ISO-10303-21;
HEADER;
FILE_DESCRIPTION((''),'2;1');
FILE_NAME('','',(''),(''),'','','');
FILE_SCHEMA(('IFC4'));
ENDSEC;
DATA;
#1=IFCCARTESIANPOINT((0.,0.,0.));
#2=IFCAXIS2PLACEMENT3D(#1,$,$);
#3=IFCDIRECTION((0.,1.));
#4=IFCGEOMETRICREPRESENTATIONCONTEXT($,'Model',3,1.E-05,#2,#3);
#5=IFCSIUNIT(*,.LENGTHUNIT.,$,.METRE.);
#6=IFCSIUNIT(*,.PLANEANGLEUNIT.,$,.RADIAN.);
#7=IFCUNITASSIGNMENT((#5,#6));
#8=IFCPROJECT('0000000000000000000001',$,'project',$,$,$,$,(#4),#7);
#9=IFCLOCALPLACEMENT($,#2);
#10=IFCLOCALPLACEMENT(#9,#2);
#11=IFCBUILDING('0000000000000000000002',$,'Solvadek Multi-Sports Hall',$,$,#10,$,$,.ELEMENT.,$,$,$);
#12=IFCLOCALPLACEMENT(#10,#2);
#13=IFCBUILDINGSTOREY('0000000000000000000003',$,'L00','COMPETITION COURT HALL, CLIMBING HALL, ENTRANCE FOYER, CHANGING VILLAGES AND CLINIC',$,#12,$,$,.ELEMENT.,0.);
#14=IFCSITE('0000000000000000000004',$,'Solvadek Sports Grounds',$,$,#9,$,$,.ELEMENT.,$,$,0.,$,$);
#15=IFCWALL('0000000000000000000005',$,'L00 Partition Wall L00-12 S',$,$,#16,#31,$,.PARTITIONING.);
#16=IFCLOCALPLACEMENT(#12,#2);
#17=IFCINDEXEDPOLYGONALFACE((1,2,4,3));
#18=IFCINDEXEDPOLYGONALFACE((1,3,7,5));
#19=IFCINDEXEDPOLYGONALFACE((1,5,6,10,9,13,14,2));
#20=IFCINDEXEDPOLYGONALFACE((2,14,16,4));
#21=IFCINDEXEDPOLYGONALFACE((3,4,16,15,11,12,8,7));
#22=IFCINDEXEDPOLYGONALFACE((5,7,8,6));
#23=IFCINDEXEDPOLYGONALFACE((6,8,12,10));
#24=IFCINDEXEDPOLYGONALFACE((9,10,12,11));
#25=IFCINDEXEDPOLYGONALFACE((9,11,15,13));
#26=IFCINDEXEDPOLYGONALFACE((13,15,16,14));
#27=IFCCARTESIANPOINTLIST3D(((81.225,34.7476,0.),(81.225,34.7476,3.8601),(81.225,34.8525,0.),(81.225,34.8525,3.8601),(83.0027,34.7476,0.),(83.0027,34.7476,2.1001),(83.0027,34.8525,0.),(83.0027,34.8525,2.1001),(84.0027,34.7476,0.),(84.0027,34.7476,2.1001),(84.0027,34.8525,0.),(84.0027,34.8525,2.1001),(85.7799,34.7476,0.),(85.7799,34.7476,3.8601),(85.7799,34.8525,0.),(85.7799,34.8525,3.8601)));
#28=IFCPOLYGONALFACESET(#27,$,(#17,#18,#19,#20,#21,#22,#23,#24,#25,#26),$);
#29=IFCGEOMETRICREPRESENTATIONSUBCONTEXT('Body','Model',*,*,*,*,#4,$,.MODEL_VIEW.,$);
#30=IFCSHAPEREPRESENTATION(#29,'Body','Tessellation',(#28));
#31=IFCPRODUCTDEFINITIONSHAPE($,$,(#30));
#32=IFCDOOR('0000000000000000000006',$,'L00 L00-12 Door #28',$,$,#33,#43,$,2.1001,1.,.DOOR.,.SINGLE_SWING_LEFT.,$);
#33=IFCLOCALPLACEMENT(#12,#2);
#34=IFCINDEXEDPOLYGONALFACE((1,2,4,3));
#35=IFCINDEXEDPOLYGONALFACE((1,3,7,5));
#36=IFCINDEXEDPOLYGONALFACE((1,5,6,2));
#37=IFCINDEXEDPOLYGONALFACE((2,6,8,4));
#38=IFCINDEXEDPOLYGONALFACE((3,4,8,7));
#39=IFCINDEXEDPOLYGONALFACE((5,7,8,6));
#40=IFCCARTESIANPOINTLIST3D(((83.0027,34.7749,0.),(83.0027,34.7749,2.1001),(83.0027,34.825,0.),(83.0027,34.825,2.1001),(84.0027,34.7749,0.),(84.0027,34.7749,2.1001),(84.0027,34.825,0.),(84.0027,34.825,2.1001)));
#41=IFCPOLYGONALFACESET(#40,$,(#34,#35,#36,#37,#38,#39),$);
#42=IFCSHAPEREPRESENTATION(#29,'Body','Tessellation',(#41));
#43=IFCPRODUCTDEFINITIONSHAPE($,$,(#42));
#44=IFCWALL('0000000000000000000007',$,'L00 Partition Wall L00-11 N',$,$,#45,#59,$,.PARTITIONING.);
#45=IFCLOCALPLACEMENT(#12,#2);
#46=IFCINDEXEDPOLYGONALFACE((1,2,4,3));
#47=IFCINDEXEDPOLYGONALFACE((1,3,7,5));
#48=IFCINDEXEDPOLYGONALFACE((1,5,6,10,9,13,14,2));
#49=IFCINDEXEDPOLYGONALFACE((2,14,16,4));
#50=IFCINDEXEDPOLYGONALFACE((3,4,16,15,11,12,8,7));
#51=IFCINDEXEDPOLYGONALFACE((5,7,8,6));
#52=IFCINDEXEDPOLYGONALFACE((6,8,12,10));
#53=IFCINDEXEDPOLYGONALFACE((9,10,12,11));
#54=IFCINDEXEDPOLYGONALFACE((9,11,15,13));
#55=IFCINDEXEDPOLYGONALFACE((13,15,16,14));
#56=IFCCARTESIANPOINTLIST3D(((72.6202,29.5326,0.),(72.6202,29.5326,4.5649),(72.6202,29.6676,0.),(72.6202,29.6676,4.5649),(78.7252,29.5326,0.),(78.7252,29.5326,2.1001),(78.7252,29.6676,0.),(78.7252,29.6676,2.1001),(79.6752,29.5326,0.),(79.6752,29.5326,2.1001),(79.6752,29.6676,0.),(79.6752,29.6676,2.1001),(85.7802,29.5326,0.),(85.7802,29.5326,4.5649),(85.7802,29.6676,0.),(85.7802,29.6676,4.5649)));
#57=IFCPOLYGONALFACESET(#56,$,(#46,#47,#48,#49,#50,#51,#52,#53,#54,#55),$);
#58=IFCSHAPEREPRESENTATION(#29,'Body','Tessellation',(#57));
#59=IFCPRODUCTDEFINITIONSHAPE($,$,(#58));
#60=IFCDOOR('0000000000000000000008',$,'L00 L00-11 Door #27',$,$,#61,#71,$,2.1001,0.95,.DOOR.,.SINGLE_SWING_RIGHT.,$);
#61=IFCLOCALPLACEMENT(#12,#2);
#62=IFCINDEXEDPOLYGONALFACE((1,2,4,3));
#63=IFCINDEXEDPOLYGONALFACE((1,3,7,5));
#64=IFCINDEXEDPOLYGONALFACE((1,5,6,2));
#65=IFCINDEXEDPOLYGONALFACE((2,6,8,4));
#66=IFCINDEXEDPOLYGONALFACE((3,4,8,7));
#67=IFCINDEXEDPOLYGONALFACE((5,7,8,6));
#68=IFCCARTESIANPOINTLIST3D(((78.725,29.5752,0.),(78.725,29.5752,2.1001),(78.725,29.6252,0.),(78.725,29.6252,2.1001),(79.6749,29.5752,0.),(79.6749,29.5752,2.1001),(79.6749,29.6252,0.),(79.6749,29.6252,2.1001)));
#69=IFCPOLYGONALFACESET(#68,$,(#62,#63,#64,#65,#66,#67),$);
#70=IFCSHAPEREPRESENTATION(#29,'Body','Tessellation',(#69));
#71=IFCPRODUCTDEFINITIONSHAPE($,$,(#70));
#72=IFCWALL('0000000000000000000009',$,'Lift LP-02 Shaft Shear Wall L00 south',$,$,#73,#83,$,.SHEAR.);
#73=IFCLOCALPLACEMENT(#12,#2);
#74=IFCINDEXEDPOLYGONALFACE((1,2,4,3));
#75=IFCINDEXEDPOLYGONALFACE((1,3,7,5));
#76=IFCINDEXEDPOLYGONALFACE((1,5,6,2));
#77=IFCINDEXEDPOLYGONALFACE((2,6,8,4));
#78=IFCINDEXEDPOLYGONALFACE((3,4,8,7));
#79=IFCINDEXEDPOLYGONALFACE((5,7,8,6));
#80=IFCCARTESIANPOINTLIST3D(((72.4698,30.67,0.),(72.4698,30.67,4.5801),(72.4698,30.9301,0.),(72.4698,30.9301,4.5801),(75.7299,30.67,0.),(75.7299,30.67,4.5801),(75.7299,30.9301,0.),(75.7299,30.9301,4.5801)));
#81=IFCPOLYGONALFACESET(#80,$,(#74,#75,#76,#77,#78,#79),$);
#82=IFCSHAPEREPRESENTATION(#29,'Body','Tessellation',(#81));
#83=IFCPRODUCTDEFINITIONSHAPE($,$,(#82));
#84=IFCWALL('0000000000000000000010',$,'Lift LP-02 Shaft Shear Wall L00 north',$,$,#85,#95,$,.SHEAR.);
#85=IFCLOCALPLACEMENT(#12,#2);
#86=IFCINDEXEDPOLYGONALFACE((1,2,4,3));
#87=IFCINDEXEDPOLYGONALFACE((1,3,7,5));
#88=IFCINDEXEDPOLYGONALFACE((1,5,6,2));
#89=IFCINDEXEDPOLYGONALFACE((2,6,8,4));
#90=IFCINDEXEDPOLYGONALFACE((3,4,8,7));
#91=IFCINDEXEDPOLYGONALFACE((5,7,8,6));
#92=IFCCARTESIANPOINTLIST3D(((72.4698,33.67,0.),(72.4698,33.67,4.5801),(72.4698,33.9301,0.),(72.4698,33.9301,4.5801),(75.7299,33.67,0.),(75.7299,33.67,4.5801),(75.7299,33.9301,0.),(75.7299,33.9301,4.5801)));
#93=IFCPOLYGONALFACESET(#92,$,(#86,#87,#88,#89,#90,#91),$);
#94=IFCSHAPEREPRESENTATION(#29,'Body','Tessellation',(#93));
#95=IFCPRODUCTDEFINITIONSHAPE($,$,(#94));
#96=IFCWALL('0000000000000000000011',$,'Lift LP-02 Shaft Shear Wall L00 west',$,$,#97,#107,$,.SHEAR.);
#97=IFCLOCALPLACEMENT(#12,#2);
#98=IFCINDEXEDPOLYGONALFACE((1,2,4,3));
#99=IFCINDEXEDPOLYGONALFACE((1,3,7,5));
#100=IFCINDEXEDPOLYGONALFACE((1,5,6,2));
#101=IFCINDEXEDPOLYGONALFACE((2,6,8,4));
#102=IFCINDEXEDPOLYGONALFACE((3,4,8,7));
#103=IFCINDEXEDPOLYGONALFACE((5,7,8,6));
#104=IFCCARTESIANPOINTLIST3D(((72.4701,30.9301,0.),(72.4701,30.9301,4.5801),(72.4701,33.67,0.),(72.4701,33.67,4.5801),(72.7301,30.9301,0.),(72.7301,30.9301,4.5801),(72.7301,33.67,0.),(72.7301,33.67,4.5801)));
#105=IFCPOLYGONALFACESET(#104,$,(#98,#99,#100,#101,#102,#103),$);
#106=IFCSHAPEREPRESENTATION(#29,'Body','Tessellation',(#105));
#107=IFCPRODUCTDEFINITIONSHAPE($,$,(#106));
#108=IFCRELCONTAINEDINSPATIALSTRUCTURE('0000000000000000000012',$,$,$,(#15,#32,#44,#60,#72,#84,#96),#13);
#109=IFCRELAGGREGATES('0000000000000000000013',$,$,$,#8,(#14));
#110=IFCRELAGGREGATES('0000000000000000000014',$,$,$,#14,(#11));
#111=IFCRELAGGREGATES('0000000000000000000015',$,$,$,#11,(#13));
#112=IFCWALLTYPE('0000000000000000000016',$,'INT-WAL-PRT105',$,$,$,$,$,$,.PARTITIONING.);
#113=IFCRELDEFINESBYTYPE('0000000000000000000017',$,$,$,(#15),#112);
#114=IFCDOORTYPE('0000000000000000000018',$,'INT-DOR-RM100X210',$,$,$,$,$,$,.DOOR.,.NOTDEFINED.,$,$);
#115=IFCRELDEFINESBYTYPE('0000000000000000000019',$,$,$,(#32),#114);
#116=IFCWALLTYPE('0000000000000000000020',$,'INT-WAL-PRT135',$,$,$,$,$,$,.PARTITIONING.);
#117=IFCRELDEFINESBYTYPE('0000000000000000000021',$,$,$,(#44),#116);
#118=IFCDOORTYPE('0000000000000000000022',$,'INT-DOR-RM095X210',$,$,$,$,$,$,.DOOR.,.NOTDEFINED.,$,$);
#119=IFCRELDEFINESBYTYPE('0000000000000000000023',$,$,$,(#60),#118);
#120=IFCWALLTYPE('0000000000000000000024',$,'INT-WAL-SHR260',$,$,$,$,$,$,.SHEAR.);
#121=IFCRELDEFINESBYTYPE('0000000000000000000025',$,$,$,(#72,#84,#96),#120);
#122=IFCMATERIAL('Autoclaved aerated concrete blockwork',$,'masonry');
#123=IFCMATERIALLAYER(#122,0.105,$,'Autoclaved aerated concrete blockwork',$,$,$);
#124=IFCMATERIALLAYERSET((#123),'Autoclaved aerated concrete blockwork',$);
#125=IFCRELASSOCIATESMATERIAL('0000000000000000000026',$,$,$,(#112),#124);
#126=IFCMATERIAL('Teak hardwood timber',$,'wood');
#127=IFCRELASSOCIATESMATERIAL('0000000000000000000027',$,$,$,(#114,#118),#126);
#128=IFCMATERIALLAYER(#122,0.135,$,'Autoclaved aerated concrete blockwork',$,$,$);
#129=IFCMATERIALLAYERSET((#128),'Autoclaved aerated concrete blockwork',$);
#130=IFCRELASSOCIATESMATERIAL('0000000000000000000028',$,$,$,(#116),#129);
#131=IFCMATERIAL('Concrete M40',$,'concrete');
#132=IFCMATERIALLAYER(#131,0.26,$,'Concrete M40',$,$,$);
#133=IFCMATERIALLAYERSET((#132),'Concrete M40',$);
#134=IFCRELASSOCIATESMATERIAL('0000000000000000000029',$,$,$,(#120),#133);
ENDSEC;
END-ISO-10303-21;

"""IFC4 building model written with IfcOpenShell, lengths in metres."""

from ifc_helpers import new_model, si_unit, direction, frame, frame_2d, origin, place, context, subcontext, project, spatial, rectangle, extrude, material, layer, layer_set, type_object, element, fill, save


model = new_model("IFC4")

# Units and contexts
model_context = context("Model", 3, precision=1e-05, world=origin(), true_north=direction((0.0, 1.0)))
body_context = subcontext(model_context, "Body", "Model", "MODEL_VIEW")
ifc_project = project(units=[si_unit("LENGTHUNIT", "METRE"), si_unit("PLANEANGLEUNIT", "RADIAN")], contexts=[model_context])

# Site, building, storey
site_placement = place(None, origin())
site = spatial("IfcSite", under=ifc_project, at=site_placement, Name="Solvadek Sports Grounds", CompositionType="ELEMENT", RefElevation=0.0)
building_placement = place(site_placement, origin())
building = spatial("IfcBuilding", under=site, at=building_placement, Name="Solvadek Multi-Sports Hall", CompositionType="ELEMENT")
storey_placement = place(building_placement, origin())
storey = spatial("IfcBuildingStorey", under=building, at=storey_placement, Name="L00", Description="COMPETITION COURT HALL, CLIMBING HALL, ENTRANCE FOYER, CHANGING VILLAGES AND CLINIC", CompositionType="ELEMENT", Elevation=0.0)

# Walls, openings, doors
ifc_material_1 = material(Name="Autoclaved aerated concrete blockwork", Category="masonry")
ifc_layer_1 = layer(ifc_material_1, 0.105, Name="Autoclaved aerated concrete blockwork")
ifc_layer_set_1 = layer_set([ifc_layer_1], Name="Autoclaved aerated concrete blockwork")
wall_type_1 = type_object("IfcWallType", Name="INT-WAL-PRT105", PredefinedType="PARTITIONING", material=ifc_layer_set_1)
wall_1_placement = place(storey_placement, frame((81.2251, 34.8, 0.0), z_axis=(0.0, 0.0, 1.0), x_axis=(1.0, 0.0, 0.0)))
wall_1 = element("IfcWall", 1, at=wall_1_placement, inside=storey, type_object=wall_type_1, Name="L00 Partition Wall L00-12 S", PredefinedType="PARTITIONING", context=body_context, shape_type="SweptSolid", body=[
    extrude(rectangle(XDim=4.5549, YDim=0.105, at=frame_2d((2.2773, 0.0))), origin(), (0.0, 0.0, 1.0), 3.8601),
])
opening_1_placement = place(wall_1_placement, frame((1.7776, 0.0, 0.0)))
opening_1 = element("IfcOpeningElement", 2, at=opening_1_placement, cuts=wall_1, PredefinedType="OPENING", context=body_context, shape_type="SweptSolid", body=[
    extrude(rectangle(XDim=1.0, YDim=2.1001, at=frame_2d((0.5, 1.05))), frame((0.0, 0.0625, 0.0), z_axis=(0.0, -1.0, 0.0), x_axis=(1.0, 0.0, 0.0)), (0.0, 0.0, 1.0), 0.125),
])
ifc_material_2 = material(Name="Teak hardwood timber", Category="wood")
door_type_1 = type_object("IfcDoorType", Name="INT-DOR-RM100X210", OperationType="NOTDEFINED", PredefinedType="DOOR", material=ifc_material_2)
door_1_placement = place(opening_1_placement, origin())
door_1 = element("IfcDoor", 3, at=door_1_placement, inside=storey, type_object=door_type_1, Name="L00 L00-12 Door #28", OperationType="SINGLE_SWING_LEFT", OverallHeight=2.1001, OverallWidth=1.0, PredefinedType="DOOR", context=body_context, shape_type="SweptSolid", body=[
    extrude(rectangle(XDim=1.0, YDim=2.1001, at=frame_2d((0.5, 1.05))), frame((0.0, 0.0249, 0.0), z_axis=(0.0, -1.0, 0.0), x_axis=(1.0, 0.0, 0.0)), (0.0, 0.0, 1.0), 0.05),
])
fill(opening_1, door_1)
ifc_layer_2 = layer(ifc_material_1, 0.135, Name="Autoclaved aerated concrete blockwork")
ifc_layer_set_2 = layer_set([ifc_layer_2], Name="Autoclaved aerated concrete blockwork")
wall_type_2 = type_object("IfcWallType", Name="INT-WAL-PRT135", PredefinedType="PARTITIONING", material=ifc_layer_set_2)
wall_2_placement = place(storey_placement, frame((72.6201, 29.6001, 0.0), z_axis=(0.0, 0.0, 1.0), x_axis=(1.0, 0.0, 0.0)))
wall_2 = element("IfcWall", 4, at=wall_2_placement, inside=storey, type_object=wall_type_2, Name="L00 Partition Wall L00-11 N", PredefinedType="PARTITIONING", context=body_context, shape_type="SweptSolid", body=[
    extrude(rectangle(XDim=13.1599, YDim=0.135, at=frame_2d((6.5801, 0.0))), origin(), (0.0, 0.0, 1.0), 4.5649),
])
opening_2_placement = place(wall_2_placement, frame((6.105, 0.0, 0.0)))
opening_2 = element("IfcOpeningElement", 5, at=opening_2_placement, cuts=wall_2, PredefinedType="OPENING", context=body_context, shape_type="SweptSolid", body=[
    extrude(rectangle(XDim=0.95, YDim=2.1001, at=frame_2d((0.4751, 1.05))), frame((0.0, 0.0774, 0.0), z_axis=(0.0, -1.0, 0.0), x_axis=(1.0, 0.0, 0.0)), (0.0, 0.0, 1.0), 0.155),
])
door_type_2 = type_object("IfcDoorType", Name="INT-DOR-RM095X210", OperationType="NOTDEFINED", PredefinedType="DOOR", material=ifc_material_2)
door_2_placement = place(opening_2_placement, frame((0.95, 0.0, 0.0), z_axis=(0.0, 0.0, 1.0), x_axis=(-1.0, 0.0, 0.0)))
door_2 = element("IfcDoor", 6, at=door_2_placement, inside=storey, type_object=door_type_2, Name="L00 L00-11 Door #27", OperationType="SINGLE_SWING_RIGHT", OverallHeight=2.1001, OverallWidth=0.95, PredefinedType="DOOR", context=body_context, shape_type="SweptSolid", body=[
    extrude(rectangle(XDim=0.95, YDim=2.1001, at=frame_2d((0.4751, 1.05))), frame((0.0, 0.0249, 0.0), z_axis=(0.0, -1.0, 0.0), x_axis=(1.0, 0.0, 0.0)), (0.0, 0.0, 1.0), 0.05),
])
fill(opening_2, door_2)

# Walls
ifc_material_3 = material(Name="Concrete M40", Category="concrete")
ifc_layer_3 = layer(ifc_material_3, 0.26, Name="Concrete M40")
ifc_layer_set_3 = layer_set([ifc_layer_3], Name="Concrete M40")
wall_type_3 = type_object("IfcWallType", Name="INT-WAL-SHR260", PredefinedType="SHEAR", material=ifc_layer_set_3)
for number, where, z_axis, x_axis, name in (
    (7, (72.47, 30.8, 0.0), (0.0, 0.0, 1.0), (1.0, 0.0, 0.0), "Lift LP-02 Shaft Shear Wall L00 south"),
    (8, (72.47, 33.8, 0.0), (0.0, 0.0, 1.0), (1.0, 0.0, 0.0), "Lift LP-02 Shaft Shear Wall L00 north"),
):
    element("IfcWall", number, at=place(storey_placement, frame(where, z_axis=z_axis, x_axis=x_axis)), inside=storey, type_object=wall_type_3, Name=name, PredefinedType="SHEAR", context=body_context, shape_type="SweptSolid", body=[
        extrude(rectangle(XDim=3.26, YDim=0.26, at=frame_2d((1.6299, 0.0))), origin(), (0.0, 0.0, 1.0), 4.5801),
    ])
wall_3_placement = place(storey_placement, frame((72.6001, 30.9299, 0.0), z_axis=(0.0, 0.0, 1.0), x_axis=(0.0, 1.0, 0.0)))
element("IfcWall", 9, at=wall_3_placement, inside=storey, type_object=wall_type_3, Name="Lift LP-02 Shaft Shear Wall L00 west", PredefinedType="SHEAR", context=body_context, shape_type="SweptSolid", body=[
    extrude(rectangle(XDim=2.74, YDim=0.26, at=frame_2d((1.3701, 0.0))), origin(), (0.0, 0.0, 1.0), 4.5801),
])

save(model, "model.ifc")
